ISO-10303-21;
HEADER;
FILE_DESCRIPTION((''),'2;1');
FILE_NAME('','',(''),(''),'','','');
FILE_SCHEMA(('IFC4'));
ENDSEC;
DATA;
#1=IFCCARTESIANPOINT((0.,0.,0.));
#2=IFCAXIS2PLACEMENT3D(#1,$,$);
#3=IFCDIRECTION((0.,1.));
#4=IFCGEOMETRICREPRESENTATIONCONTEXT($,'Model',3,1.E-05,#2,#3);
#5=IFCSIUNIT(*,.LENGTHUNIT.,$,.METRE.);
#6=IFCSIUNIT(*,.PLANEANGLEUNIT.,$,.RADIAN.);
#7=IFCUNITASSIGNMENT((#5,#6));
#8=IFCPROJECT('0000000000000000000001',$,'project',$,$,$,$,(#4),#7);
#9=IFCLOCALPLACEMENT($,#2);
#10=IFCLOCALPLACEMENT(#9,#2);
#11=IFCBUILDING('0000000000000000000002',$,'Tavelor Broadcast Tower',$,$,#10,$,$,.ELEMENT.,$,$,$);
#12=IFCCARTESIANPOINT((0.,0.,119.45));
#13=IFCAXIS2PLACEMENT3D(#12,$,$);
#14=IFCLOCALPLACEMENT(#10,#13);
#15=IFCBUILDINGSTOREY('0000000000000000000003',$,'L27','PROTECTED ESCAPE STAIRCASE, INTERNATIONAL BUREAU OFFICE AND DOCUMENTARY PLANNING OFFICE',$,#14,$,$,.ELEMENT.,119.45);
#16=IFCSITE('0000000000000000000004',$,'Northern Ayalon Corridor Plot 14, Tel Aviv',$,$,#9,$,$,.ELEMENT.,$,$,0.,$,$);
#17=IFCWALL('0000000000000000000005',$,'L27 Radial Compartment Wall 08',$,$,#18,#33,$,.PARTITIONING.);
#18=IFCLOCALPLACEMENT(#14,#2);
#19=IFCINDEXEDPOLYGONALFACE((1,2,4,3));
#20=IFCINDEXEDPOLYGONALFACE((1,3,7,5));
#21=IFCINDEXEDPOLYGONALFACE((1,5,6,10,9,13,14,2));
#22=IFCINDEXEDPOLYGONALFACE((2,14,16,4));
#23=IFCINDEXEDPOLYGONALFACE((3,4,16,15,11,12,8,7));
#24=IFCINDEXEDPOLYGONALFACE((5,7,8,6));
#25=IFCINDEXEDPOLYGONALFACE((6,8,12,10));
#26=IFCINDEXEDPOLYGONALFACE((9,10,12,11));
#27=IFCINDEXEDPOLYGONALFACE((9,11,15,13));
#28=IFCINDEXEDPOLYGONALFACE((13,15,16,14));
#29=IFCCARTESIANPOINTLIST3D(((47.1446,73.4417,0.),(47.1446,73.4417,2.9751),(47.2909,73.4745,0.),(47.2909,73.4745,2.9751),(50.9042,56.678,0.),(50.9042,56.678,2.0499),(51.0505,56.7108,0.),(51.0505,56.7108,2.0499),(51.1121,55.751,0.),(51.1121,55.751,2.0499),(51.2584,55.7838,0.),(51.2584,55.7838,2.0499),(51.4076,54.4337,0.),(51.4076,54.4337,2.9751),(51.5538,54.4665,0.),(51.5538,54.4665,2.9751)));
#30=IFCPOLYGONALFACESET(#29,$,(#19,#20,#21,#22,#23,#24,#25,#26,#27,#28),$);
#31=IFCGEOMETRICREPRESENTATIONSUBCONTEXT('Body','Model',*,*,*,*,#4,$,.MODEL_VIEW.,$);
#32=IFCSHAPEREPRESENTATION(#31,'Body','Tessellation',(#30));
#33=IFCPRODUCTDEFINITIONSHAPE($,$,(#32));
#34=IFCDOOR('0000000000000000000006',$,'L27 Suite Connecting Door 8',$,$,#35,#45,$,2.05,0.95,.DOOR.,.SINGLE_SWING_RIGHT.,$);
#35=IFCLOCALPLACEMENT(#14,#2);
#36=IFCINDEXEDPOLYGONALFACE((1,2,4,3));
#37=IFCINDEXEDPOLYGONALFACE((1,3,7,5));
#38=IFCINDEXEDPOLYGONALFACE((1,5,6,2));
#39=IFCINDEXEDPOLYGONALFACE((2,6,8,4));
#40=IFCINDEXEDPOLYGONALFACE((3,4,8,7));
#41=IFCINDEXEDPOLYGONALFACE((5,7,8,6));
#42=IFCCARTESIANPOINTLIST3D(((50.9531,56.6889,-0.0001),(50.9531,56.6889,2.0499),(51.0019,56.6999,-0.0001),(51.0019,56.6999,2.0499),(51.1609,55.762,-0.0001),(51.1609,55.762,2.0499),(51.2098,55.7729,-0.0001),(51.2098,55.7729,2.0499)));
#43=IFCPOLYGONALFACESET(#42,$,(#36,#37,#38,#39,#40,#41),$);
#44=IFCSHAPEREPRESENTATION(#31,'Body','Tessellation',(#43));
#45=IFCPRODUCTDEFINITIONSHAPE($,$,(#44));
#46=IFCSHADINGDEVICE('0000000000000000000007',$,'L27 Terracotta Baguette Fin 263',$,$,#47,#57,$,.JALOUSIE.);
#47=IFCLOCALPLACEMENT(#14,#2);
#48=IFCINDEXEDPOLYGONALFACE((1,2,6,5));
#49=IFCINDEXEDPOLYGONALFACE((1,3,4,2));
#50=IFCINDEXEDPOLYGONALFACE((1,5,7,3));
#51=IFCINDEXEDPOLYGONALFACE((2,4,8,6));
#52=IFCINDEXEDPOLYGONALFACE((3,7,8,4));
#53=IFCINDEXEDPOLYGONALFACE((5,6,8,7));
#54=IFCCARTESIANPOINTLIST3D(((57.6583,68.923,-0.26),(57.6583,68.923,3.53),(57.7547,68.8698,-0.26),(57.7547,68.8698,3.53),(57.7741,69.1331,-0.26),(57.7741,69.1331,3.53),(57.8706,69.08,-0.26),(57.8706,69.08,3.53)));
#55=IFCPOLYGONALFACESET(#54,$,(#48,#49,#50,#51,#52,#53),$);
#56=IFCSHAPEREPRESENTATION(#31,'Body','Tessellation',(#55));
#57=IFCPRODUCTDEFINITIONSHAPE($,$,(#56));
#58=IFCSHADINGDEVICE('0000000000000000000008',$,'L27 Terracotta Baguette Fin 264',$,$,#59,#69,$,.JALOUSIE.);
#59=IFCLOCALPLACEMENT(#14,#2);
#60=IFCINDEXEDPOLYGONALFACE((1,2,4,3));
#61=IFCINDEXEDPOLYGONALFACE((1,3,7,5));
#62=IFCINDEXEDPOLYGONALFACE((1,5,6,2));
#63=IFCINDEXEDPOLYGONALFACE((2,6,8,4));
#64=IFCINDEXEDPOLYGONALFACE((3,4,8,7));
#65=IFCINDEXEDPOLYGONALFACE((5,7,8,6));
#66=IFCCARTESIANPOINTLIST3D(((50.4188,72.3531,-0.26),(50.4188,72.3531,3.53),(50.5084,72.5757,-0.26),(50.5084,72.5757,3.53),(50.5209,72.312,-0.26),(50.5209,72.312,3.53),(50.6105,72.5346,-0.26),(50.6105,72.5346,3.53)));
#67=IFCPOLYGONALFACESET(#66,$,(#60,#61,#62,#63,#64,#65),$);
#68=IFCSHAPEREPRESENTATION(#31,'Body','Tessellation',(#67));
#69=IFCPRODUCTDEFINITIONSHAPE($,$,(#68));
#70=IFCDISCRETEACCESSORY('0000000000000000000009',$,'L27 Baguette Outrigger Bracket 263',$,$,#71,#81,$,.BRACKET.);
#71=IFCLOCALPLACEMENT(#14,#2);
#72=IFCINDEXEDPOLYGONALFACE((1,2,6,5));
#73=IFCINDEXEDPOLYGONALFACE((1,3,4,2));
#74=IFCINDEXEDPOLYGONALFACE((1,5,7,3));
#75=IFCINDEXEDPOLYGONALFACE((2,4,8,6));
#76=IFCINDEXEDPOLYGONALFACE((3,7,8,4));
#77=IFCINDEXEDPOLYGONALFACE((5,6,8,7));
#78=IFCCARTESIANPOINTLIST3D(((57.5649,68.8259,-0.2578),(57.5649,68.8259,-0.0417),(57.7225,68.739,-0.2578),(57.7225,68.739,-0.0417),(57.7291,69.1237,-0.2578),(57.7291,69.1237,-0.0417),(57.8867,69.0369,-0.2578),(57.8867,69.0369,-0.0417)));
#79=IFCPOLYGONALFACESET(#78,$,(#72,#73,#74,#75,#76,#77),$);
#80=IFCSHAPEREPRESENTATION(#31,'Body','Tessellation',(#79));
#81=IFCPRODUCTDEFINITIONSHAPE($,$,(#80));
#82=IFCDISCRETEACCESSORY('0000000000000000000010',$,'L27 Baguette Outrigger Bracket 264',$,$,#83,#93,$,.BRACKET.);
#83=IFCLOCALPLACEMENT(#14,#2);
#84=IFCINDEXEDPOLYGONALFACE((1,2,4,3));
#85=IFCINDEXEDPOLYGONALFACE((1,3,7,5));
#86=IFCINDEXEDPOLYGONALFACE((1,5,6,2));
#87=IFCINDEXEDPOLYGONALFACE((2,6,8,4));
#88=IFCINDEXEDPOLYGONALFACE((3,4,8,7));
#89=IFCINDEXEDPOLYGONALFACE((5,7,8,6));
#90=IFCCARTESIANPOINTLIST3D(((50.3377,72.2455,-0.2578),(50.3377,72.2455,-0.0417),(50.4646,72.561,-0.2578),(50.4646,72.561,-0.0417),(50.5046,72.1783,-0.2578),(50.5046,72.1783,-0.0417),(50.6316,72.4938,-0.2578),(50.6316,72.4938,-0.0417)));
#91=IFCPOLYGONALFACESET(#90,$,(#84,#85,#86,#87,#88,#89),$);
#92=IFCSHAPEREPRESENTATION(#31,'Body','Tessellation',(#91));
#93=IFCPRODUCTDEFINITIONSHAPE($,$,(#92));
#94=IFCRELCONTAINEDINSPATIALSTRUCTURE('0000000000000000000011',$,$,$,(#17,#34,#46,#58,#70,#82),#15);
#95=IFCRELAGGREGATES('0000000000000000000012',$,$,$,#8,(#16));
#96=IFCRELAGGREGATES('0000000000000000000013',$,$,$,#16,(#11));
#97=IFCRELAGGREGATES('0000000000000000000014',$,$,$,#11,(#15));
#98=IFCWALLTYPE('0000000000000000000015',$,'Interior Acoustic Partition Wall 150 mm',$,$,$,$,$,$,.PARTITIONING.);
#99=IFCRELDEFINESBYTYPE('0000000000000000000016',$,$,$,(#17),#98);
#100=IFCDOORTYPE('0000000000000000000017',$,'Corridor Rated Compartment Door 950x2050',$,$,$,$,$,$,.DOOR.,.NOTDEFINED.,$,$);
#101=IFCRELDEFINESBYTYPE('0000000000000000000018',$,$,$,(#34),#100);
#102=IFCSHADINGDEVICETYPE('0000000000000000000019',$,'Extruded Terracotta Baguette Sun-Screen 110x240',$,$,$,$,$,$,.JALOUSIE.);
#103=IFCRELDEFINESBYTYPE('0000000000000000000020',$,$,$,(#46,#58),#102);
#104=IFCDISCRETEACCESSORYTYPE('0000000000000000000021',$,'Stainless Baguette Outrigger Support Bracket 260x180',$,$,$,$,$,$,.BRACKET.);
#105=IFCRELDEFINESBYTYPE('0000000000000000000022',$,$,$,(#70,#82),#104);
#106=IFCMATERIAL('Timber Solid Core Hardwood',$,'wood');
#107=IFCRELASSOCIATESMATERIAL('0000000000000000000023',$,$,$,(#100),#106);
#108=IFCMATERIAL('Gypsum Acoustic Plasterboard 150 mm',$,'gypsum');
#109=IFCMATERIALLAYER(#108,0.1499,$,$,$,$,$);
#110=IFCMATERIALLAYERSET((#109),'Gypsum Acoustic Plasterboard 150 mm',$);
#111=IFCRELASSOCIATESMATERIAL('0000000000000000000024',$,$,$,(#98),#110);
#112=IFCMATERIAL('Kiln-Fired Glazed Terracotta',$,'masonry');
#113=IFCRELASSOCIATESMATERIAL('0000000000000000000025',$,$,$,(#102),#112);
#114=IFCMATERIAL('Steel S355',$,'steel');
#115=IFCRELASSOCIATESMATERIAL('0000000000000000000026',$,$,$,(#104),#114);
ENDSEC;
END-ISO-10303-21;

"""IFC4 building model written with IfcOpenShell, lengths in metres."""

from ifc_helpers import new_model, si_unit, direction, frame, frame_2d, origin, origin_2d, place, context, subcontext, project, spatial, rectangle, extrude, source, transform, mapped, material, layer, layer_set, type_object, type_shapes, element, fill, save


model = new_model("IFC4")

# Units and contexts
model_context = context("Model", 3, precision=1e-05, world=origin(), true_north=direction((0.0, 1.0)))
body_context = subcontext(model_context, "Body", "Model", "MODEL_VIEW")
ifc_project = project(units=[si_unit("LENGTHUNIT", "METRE"), si_unit("PLANEANGLEUNIT", "RADIAN")], contexts=[model_context])

# Site, building, storey
site_placement = place(None, origin())
site = spatial("IfcSite", under=ifc_project, at=site_placement, Name="Northern Ayalon Corridor Plot 14, Tel Aviv", CompositionType="ELEMENT", RefElevation=0.0)
building_placement = place(site_placement, origin())
building = spatial("IfcBuilding", under=site, at=building_placement, Name="Tavelor Broadcast Tower", CompositionType="ELEMENT")
storey_placement = place(building_placement, frame((0.0, 0.0, 119.45)))
storey = spatial("IfcBuildingStorey", under=building, at=storey_placement, Name="L27", Description="PROTECTED ESCAPE STAIRCASE, INTERNATIONAL BUREAU OFFICE AND DOCUMENTARY PLANNING OFFICE", CompositionType="ELEMENT", Elevation=119.45)

# Shared definitions
ifc_material_1 = material(Name="Steel S355", Category="steel")

# Shared definitions
ifc_material_2 = material(Name="Timber Solid Core Hardwood", Category="wood")
door_type = type_object("IfcDoorType", Name="Corridor Rated Compartment Door 950x2050", OperationType="NOTDEFINED", PredefinedType="DOOR", material=ifc_material_2)

# Shared definitions
ifc_material_3 = material(Name="Gypsum Acoustic Plasterboard 150 mm", Category="gypsum")
ifc_layer_1 = layer(ifc_material_3, 0.1499)
ifc_layer_set_1 = layer_set([ifc_layer_1], Name="Gypsum Acoustic Plasterboard 150 mm")
wall_type_1 = type_object("IfcWallType", Name="Interior Acoustic Partition Wall 150 mm", PredefinedType="PARTITIONING", material=ifc_layer_set_1)

# Wall, opening, door
wall_1_placement = place(storey_placement, frame((51.4807, 54.45, 0.0), z_axis=(0.0, 0.0, 1.0), x_axis=(-0.218834, 0.975762, 0.0)))
wall_1 = element("IfcWall", 1, at=wall_1_placement, inside=storey, type_object=wall_type_1, Name="L27 Radial Compartment Wall 08", PredefinedType="PARTITIONING", context=body_context, shape_type="SweptSolid", body=[
    extrude(rectangle(XDim=19.4802, YDim=0.1499, at=frame_2d((9.7402, 0.0))), origin(), (0.0, 0.0, 1.0), 2.9751),
])
opening_1_placement = place(wall_1_placement, frame((1.3501, 0.0, 0.0)))
opening_1 = element("IfcOpeningElement", 2, at=opening_1_placement, cuts=wall_1, PredefinedType="OPENING", context=body_context, shape_type="SweptSolid", body=[
    extrude(rectangle(XDim=0.95, YDim=2.05, at=frame_2d((0.4751, 1.0249))), frame((0.0, 0.085, 0.0), z_axis=(0.0, -1.0, 0.0), x_axis=(1.0, 0.0, 0.0)), (0.0, 0.0, 1.0), 0.1699),
])
door_1_placement = place(opening_1_placement, origin())
door_1 = element("IfcDoor", 3, at=door_1_placement, inside=storey, type_object=door_type, Name="L27 Suite Connecting Door 8", OperationType="SINGLE_SWING_RIGHT", OverallHeight=2.05, OverallWidth=0.95, PredefinedType="DOOR", context=body_context, shape_type="SweptSolid", body=[
    extrude(rectangle(XDim=0.95, YDim=2.05, at=frame_2d((0.4751, 1.0249))), frame((0.0, 0.0249, 0.0), z_axis=(0.0, -1.0, 0.0), x_axis=(1.0, 0.0, 0.0)), (0.0, 0.0, 1.0), 0.05),
])
fill(opening_1, door_1)

# Shading devices
ifc_material_4 = material(Name="Kiln-Fired Glazed Terracotta", Category="masonry")
shading_device_type = type_object("IfcShadingDeviceType", Name="Extruded Terracotta Baguette Sun-Screen 110x240", PredefinedType="JALOUSIE", material=ifc_material_4)
shared_shape_1 = source(origin(), body_context, "Body", "SweptSolid", [
    extrude(rectangle(XDim=0.1101, YDim=0.24, at=origin_2d()), origin(), (0.0, 0.0, 1.0), 3.79),
])
type_shapes(shading_device_type, [shared_shape_1])
for number, where, z_axis, x_axis, name in (
    (4, (57.7644, 69.0015, -0.26), (0.0, 0.0, 1.0), (-0.875717, 0.482824, 0.0), "L27 Terracotta Baguette Fin 263"),
    (5, (50.5146, 72.4438, -0.26), (0.0, 0.0, 1.0), (-0.927706, 0.373312, 0.0), "L27 Terracotta Baguette Fin 264"),
):
    element("IfcShadingDevice", number, at=place(storey_placement, frame(where, z_axis=z_axis, x_axis=x_axis)), inside=storey, type_object=shading_device_type, Name=name, PredefinedType="JALOUSIE", context=body_context, shape_type="MappedRepresentation", body=[
        mapped(shared_shape_1, transform((0.0, 0.0, 0.0), scale=1.0)),
    ])

# Discrete accessories
discrete_accessory_type = type_object("IfcDiscreteAccessoryType", Name="Stainless Baguette Outrigger Support Bracket 260x180", PredefinedType="BRACKET", material=ifc_material_1)
shared_shape_2 = source(origin(), body_context, "Body", "SweptSolid", [
    extrude(rectangle(XDim=0.1799, YDim=0.3401, at=origin_2d()), origin(), (0.0, 0.0, 1.0), 0.2161),
])
type_shapes(discrete_accessory_type, [shared_shape_2])
for number, where, z_axis, x_axis, name in (
    (6, (57.7258, 68.9314, -0.2578), (0.0, 0.0, 1.0), (-0.875717, 0.482824, 0.0), "L27 Baguette Outrigger Bracket 263"),
    (7, (50.4846, 72.3696, -0.2578), (0.0, 0.0, 1.0), (-0.927706, 0.373312, 0.0), "L27 Baguette Outrigger Bracket 264"),
):
    element("IfcDiscreteAccessory", number, at=place(storey_placement, frame(where, z_axis=z_axis, x_axis=x_axis)), inside=storey, type_object=discrete_accessory_type, Name=name, PredefinedType="BRACKET", context=body_context, shape_type="MappedRepresentation", body=[
        mapped(shared_shape_2, transform((0.0, 0.0, 0.0), scale=1.0)),
    ])

save(model, "model.ifc")
